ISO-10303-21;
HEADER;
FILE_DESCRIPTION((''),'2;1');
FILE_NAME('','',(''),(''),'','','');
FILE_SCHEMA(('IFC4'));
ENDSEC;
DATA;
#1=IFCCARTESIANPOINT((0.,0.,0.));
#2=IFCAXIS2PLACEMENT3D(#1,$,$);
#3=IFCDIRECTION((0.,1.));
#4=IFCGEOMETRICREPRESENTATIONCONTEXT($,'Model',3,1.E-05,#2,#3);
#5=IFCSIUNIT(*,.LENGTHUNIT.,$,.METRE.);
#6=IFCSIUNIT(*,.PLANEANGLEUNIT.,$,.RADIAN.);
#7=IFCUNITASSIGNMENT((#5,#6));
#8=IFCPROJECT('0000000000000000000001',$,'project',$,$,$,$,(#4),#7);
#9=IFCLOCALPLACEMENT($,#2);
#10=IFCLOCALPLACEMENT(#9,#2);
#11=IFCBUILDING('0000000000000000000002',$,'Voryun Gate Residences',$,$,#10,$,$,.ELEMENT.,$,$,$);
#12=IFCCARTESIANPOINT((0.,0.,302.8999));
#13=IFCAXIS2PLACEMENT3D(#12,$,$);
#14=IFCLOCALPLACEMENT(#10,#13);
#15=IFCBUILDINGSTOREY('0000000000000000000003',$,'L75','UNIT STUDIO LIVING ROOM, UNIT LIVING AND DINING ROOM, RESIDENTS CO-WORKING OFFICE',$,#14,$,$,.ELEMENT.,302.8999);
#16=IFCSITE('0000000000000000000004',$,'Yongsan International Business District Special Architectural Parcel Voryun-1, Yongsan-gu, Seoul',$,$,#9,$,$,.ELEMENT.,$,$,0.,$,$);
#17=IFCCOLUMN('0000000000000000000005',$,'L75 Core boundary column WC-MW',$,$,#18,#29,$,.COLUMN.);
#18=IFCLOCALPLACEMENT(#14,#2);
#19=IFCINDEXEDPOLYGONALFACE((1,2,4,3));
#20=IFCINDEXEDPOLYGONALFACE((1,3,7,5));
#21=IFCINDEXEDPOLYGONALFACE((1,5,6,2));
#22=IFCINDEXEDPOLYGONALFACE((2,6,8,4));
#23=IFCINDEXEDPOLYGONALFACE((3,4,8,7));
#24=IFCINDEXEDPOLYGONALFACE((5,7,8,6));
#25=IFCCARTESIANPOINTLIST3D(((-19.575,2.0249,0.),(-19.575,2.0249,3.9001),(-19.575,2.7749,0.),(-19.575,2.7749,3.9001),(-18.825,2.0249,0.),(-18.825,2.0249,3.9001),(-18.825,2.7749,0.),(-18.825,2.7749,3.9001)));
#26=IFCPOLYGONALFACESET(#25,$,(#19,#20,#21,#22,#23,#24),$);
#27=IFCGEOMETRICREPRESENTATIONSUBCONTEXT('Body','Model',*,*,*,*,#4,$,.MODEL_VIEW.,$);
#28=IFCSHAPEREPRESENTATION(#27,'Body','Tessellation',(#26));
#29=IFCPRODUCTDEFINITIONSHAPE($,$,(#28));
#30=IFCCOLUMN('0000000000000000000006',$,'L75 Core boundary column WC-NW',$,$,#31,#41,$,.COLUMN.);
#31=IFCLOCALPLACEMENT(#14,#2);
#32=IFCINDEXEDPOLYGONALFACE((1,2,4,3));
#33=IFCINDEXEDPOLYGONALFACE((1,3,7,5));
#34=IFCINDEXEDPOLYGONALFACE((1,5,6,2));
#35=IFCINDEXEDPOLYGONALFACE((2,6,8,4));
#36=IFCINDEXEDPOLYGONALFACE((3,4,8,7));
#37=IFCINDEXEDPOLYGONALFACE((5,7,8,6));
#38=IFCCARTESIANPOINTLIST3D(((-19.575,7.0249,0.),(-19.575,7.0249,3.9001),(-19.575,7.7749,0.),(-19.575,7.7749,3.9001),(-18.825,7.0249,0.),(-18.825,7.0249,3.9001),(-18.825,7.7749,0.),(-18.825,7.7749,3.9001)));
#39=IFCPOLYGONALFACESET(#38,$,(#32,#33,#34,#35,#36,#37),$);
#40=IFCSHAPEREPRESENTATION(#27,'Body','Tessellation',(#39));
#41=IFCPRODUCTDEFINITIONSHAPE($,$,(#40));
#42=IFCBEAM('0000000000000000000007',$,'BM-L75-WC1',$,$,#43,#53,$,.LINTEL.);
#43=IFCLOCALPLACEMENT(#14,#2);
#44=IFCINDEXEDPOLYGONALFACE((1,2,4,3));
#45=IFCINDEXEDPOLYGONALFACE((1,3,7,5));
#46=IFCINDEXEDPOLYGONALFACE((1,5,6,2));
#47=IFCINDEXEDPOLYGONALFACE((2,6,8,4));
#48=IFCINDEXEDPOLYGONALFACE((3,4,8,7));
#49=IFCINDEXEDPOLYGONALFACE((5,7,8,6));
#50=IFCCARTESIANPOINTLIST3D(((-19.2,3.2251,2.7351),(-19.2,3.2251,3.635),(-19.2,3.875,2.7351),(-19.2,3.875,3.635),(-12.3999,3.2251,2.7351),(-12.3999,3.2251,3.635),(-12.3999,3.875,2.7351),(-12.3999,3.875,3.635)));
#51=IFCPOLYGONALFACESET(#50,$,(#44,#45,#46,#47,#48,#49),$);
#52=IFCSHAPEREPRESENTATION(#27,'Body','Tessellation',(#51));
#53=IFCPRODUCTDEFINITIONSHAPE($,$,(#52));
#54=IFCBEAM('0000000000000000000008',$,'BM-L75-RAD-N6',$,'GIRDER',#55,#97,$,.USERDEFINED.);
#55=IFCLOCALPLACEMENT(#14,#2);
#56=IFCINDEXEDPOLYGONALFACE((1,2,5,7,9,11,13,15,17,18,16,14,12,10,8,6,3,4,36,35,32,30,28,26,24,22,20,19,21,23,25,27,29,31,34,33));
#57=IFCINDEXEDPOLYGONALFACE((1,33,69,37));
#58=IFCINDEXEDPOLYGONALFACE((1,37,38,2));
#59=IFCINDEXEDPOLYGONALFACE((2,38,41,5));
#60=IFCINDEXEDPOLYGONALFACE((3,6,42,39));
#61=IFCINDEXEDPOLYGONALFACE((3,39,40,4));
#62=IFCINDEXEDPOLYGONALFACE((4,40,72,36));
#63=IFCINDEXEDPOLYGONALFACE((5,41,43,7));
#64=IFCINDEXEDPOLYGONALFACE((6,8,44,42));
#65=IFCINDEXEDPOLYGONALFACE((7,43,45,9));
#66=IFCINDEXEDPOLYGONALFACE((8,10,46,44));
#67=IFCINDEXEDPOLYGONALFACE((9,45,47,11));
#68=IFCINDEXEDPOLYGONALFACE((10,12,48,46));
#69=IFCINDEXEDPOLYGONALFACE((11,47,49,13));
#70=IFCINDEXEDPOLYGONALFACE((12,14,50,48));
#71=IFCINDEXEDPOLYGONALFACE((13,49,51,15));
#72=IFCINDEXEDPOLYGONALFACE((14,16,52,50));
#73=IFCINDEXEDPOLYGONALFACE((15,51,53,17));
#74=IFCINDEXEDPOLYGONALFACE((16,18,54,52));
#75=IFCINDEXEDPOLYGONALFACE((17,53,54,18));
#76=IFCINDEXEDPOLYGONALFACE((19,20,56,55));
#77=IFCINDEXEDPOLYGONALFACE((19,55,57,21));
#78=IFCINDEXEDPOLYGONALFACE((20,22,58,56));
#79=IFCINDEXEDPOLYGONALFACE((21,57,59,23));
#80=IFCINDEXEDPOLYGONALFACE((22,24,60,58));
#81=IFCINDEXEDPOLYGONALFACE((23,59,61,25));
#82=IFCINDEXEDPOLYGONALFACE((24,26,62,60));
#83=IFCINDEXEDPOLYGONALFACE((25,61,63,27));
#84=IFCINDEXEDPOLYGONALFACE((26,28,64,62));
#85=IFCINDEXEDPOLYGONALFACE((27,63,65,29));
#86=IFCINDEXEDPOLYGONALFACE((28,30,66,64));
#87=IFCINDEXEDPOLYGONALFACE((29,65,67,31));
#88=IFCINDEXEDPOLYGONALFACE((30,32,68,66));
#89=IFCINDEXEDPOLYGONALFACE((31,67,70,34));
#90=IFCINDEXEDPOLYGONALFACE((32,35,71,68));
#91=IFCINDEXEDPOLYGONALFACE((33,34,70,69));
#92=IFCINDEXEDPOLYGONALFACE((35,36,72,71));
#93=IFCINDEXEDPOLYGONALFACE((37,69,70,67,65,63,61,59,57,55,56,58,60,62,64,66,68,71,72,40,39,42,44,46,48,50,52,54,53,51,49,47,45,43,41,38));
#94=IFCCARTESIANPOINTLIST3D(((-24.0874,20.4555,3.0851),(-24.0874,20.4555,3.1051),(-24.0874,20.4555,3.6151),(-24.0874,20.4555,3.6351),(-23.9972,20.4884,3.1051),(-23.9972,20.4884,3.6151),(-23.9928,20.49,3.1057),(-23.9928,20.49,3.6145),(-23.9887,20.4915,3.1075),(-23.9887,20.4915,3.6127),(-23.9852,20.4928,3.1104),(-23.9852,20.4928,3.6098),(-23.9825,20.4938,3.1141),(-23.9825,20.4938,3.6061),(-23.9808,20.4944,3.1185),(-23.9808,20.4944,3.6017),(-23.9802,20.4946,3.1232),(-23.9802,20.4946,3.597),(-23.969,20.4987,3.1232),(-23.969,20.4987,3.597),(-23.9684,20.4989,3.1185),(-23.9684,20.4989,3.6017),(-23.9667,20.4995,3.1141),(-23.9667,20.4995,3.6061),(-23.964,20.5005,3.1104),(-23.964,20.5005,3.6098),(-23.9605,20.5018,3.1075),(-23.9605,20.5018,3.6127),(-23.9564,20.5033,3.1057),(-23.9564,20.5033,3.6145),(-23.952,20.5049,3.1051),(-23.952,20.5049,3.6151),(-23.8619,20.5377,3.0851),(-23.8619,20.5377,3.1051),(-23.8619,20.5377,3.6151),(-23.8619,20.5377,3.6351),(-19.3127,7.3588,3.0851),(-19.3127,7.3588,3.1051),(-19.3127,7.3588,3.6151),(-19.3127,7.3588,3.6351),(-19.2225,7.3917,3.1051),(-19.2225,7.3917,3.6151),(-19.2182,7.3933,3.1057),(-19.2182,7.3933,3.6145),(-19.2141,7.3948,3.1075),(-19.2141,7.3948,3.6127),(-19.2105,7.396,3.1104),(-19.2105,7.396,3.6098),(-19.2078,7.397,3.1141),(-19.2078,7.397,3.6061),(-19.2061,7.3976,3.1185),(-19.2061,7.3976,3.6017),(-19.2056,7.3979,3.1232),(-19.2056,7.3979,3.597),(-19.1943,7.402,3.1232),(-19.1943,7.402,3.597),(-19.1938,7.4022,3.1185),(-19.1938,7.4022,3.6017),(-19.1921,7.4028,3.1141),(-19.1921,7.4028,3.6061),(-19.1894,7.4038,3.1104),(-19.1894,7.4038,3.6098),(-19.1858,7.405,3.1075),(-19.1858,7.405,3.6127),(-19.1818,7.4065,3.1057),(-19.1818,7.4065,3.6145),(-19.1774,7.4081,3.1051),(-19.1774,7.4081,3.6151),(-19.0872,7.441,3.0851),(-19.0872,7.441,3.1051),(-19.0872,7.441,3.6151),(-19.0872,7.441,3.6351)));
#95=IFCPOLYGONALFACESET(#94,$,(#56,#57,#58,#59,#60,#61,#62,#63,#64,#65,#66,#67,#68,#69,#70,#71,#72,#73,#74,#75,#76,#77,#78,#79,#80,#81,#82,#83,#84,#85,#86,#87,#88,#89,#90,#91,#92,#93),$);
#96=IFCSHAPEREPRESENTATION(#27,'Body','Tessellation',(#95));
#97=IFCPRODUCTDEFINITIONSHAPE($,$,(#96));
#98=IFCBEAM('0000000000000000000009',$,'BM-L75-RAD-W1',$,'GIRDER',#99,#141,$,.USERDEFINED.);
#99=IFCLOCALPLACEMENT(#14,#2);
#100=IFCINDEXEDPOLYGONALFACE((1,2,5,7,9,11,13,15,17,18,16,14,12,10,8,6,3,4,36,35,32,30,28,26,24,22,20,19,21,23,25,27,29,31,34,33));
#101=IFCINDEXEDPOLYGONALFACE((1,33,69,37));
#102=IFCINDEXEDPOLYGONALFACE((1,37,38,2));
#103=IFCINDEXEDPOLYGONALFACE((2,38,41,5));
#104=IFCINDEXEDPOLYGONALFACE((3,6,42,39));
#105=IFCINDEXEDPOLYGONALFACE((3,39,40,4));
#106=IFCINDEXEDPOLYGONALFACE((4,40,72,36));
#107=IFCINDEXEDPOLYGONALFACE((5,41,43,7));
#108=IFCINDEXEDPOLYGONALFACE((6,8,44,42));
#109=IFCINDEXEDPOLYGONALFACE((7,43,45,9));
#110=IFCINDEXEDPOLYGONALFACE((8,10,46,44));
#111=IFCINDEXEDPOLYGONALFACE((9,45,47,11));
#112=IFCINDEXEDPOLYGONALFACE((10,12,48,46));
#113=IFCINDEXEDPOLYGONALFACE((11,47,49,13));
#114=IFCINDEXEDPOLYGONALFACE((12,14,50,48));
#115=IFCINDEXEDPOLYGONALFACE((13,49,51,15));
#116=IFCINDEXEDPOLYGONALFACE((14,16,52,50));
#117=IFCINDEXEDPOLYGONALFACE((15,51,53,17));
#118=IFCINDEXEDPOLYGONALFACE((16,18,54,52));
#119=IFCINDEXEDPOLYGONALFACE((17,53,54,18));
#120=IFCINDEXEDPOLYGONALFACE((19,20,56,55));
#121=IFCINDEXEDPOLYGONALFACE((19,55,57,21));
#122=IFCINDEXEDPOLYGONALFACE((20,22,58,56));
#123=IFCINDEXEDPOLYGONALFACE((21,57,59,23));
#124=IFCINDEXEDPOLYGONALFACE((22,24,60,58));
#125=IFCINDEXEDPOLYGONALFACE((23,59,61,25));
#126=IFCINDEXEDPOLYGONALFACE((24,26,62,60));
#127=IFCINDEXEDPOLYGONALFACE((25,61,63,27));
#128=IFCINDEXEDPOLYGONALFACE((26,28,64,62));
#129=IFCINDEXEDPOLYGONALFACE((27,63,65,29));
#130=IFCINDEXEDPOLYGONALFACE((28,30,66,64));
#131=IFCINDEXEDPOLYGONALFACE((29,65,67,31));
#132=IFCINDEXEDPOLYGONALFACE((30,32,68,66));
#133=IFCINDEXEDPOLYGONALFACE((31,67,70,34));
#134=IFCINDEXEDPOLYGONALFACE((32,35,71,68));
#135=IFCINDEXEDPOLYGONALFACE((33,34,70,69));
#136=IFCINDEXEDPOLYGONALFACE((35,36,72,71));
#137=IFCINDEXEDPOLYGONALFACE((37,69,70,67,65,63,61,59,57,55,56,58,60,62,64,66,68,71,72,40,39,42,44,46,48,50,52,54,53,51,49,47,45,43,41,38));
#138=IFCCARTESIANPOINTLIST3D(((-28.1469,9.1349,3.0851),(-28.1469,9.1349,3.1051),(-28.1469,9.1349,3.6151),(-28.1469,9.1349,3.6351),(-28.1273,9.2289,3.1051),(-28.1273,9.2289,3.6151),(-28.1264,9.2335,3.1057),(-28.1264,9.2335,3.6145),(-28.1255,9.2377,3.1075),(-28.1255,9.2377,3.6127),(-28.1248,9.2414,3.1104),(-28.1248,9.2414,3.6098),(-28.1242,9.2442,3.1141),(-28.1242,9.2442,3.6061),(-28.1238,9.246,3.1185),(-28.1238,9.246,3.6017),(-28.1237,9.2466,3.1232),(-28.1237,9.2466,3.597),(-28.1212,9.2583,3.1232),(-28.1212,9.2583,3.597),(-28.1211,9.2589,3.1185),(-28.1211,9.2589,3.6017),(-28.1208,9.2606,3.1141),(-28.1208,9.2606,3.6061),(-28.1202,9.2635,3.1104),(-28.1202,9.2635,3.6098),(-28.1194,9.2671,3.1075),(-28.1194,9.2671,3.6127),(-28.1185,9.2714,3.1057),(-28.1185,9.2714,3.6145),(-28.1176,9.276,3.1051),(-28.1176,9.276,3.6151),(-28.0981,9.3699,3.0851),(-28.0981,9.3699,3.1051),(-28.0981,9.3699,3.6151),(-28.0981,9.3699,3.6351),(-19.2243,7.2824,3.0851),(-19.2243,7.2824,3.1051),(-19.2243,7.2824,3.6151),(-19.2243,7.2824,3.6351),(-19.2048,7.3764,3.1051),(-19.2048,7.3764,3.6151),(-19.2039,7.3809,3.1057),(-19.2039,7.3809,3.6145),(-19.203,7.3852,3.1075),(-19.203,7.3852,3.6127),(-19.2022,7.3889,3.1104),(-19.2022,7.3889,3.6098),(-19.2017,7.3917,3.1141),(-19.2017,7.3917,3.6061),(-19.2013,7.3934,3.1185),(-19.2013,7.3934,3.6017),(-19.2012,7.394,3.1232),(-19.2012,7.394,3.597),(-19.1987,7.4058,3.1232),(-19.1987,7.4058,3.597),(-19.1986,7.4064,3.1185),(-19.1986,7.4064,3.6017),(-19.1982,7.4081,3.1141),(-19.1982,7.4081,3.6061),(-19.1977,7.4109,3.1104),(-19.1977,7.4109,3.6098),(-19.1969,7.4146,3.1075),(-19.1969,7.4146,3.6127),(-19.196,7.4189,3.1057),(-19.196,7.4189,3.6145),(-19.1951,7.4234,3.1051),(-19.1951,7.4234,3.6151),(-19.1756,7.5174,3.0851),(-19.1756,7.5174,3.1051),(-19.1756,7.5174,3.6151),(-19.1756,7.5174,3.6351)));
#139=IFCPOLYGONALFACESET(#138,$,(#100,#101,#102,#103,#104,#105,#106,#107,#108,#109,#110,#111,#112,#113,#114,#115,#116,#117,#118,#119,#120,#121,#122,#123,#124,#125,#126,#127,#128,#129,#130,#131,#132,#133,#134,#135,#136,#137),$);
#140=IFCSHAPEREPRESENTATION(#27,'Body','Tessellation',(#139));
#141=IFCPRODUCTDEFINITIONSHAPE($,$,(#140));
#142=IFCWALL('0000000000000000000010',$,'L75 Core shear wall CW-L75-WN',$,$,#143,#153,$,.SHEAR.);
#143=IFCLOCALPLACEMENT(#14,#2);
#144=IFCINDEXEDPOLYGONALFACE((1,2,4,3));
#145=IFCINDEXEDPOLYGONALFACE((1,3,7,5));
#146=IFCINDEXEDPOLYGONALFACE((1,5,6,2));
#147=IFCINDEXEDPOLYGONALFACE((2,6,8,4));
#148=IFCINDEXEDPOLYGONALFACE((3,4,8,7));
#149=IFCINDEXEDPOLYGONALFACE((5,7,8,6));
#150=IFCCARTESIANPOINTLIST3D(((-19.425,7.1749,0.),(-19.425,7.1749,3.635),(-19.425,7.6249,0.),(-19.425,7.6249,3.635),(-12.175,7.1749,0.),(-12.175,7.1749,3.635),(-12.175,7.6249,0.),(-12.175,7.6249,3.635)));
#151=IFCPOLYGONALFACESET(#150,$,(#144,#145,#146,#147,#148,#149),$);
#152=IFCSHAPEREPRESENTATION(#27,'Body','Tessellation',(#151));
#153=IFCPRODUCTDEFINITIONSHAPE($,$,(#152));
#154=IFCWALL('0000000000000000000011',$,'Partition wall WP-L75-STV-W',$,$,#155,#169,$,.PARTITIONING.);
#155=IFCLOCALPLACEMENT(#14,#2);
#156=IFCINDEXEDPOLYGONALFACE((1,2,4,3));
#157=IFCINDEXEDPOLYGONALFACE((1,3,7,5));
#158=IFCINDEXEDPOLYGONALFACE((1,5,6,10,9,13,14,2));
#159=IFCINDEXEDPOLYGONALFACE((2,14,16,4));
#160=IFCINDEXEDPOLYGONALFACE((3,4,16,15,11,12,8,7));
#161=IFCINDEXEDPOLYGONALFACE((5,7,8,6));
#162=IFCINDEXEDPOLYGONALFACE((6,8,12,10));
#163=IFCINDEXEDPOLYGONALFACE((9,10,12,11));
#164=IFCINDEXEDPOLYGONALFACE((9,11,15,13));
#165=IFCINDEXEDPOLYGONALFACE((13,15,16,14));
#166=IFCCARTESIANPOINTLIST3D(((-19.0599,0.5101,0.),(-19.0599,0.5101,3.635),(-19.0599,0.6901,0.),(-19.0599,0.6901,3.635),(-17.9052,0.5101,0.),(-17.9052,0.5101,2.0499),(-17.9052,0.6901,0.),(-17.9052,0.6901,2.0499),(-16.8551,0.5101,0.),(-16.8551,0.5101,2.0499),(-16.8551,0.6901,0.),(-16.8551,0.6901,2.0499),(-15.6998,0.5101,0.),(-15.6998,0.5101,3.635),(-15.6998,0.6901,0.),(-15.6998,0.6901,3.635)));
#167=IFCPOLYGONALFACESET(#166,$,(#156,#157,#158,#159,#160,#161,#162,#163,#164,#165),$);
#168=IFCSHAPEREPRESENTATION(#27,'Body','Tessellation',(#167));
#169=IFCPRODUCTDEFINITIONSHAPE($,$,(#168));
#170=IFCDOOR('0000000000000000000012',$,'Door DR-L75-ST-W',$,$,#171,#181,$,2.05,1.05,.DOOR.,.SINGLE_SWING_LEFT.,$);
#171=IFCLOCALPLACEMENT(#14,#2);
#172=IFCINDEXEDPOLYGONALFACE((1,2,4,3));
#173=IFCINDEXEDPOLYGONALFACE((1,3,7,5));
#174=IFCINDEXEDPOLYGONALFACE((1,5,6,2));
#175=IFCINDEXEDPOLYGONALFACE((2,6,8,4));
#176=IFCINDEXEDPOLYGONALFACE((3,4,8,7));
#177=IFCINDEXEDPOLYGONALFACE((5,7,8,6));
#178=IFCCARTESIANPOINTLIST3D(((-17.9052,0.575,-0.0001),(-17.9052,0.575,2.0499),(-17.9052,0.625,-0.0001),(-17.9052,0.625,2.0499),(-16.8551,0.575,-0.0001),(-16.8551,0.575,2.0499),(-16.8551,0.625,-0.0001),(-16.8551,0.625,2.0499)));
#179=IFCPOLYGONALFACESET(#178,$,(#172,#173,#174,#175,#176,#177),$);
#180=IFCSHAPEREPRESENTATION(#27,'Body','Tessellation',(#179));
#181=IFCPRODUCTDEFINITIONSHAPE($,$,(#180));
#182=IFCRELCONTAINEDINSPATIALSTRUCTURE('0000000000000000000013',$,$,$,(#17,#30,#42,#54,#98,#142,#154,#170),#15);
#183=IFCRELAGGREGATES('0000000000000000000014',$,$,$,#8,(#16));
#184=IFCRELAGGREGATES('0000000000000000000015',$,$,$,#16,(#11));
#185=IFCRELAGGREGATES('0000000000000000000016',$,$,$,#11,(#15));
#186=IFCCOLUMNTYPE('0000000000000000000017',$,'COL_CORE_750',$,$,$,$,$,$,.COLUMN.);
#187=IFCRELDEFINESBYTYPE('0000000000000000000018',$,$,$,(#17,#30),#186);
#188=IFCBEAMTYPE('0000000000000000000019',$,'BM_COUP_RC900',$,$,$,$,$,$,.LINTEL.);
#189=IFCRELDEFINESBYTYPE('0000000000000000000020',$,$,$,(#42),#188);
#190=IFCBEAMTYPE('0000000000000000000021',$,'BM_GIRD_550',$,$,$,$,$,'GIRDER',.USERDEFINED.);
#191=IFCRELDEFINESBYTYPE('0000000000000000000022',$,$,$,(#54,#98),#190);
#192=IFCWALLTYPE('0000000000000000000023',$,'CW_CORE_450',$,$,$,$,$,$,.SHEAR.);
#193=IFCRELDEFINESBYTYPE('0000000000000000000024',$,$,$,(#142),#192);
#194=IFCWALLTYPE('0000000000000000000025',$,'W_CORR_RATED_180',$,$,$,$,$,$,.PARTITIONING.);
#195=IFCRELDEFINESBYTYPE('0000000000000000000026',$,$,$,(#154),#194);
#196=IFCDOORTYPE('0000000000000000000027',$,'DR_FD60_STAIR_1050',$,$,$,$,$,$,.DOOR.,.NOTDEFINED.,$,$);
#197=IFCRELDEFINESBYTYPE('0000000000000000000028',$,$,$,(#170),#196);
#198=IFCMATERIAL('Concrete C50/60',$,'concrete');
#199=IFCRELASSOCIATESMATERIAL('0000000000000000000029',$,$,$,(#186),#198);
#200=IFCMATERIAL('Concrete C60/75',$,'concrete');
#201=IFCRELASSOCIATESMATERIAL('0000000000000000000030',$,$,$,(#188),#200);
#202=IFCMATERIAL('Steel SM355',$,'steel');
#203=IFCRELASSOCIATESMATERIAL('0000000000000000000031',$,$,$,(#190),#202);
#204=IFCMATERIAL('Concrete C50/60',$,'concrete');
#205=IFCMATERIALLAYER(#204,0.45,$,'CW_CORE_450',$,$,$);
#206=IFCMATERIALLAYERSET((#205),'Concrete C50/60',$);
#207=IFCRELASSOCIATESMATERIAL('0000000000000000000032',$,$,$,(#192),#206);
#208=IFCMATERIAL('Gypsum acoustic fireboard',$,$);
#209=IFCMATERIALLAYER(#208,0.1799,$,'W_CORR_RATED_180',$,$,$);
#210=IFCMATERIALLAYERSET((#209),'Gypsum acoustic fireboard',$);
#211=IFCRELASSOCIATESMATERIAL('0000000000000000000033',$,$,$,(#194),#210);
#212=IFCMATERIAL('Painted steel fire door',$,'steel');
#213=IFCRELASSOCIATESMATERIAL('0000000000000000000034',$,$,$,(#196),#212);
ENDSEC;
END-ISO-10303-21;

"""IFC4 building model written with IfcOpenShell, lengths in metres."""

from ifc_helpers import new_model, si_unit, direction, frame, frame_2d, origin, origin_2d, place, context, subcontext, project, spatial, rectangle, i_section, extrude, material, layer, layer_set, material_profile, profile_set, type_object, element, fill, save


model = new_model("IFC4")

# Units and contexts
model_context = context("Model", 3, precision=1e-05, world=origin(), true_north=direction((0.0, 1.0)))
body_context = subcontext(model_context, "Body", "Model", "MODEL_VIEW")
ifc_project = project(units=[si_unit("LENGTHUNIT", "METRE"), si_unit("PLANEANGLEUNIT", "RADIAN")], contexts=[model_context])

# Site, building, storey
site_placement = place(None, origin())
site = spatial("IfcSite", under=ifc_project, at=site_placement, Name="Yongsan International Business District Special Architectural Parcel Voryun-1, Yongsan-gu, Seoul", CompositionType="ELEMENT", RefElevation=0.0)
building_placement = place(site_placement, origin())
building = spatial("IfcBuilding", under=site, at=building_placement, Name="Voryun Gate Residences", CompositionType="ELEMENT")
storey_placement = place(building_placement, frame((0.0, 0.0, 302.8999)))
storey = spatial("IfcBuildingStorey", under=building, at=storey_placement, Name="L75", Description="UNIT STUDIO LIVING ROOM, UNIT LIVING AND DINING ROOM, RESIDENTS CO-WORKING OFFICE", CompositionType="ELEMENT", Elevation=302.8999)

# Columns
ifc_material_1 = material(Name="Concrete C50/60", Category="concrete")
ifc_material_profile_1 = material_profile(ifc_material_1, rectangle(XDim=0.75, YDim=0.75, at=origin_2d()), Name="RC-750x750")
ifc_profile_set_1 = profile_set([ifc_material_profile_1], Name="Concrete C50/60")
column_type = type_object("IfcColumnType", Name="COL_CORE_750", PredefinedType="COLUMN", material=ifc_profile_set_1)
for number, where, z_axis, x_axis, name in (
    (1, (-19.2, 2.3999, 0.0), (0.0, 0.0, 1.0), (1.0, 0.0, 0.0), "L75 Core boundary column WC-MW"),
    (2, (-19.2, 7.3999, 0.0), (0.0, 0.0, 1.0), (1.0, 0.0, 0.0), "L75 Core boundary column WC-NW"),
):
    element("IfcColumn", number, at=place(storey_placement, frame(where, z_axis=z_axis, x_axis=x_axis)), inside=storey, type_object=column_type, Name=name, PredefinedType="COLUMN", context=body_context, shape_type="SweptSolid", body=[
        extrude(rectangle(XDim=0.75, YDim=0.75, at=origin_2d()), origin(), (0.0, 0.0, 1.0), 3.9001),
    ])

# Beams
ifc_material_2 = material(Name="Concrete C60/75", Category="concrete")
ifc_material_profile_2 = material_profile(ifc_material_2, rectangle(XDim=0.6499, YDim=0.8999, at=origin_2d()), Name="RC-650x900")
ifc_profile_set_2 = profile_set([ifc_material_profile_2], Name="Concrete C60/75")
beam_type_1 = type_object("IfcBeamType", Name="BM_COUP_RC900", PredefinedType="LINTEL", material=ifc_profile_set_2)
beam_1_placement = place(storey_placement, frame((-19.2, 3.55, 3.1851), z_axis=(1.0, 0.0, 0.0), x_axis=(0.0, 1.0, 0.0)))
element("IfcBeam", 3, at=beam_1_placement, inside=storey, type_object=beam_type_1, Name="BM-L75-WC1", PredefinedType="LINTEL", context=body_context, shape_type="SweptSolid", body=[
    extrude(rectangle(XDim=0.6499, YDim=0.8999, at=origin_2d()), origin(), (0.0, 0.0, 1.0), 6.8),
])
ifc_material_3 = material(Name="Steel SM355", Category="steel")
ifc_material_profile_3 = material_profile(ifc_material_3, i_section(OverallWidth=0.24, OverallDepth=0.55, WebThickness=0.012, FlangeThickness=0.02, FilletRadius=0.0181, at=origin_2d()), Name="H-550x240x12x20")
ifc_profile_set_3 = profile_set([ifc_material_profile_3], Name="Steel SM355")
beam_type_2 = type_object("IfcBeamType", Name="BM_GIRD_550", ElementType="GIRDER", PredefinedType="USERDEFINED", material=ifc_profile_set_3)
beam_2_placement = place(storey_placement, frame((-19.2, 7.3999, 3.3601), z_axis=(-0.342518, 0.939511, 0.0), x_axis=(-0.939511, -0.342518, 0.0)))
element("IfcBeam", 4, at=beam_2_placement, inside=storey, type_object=beam_type_2, Name="BM-L75-RAD-N6", ObjectType="GIRDER", PredefinedType="USERDEFINED", context=body_context, shape_type="SweptSolid", body=[
    extrude(i_section(OverallWidth=0.24, OverallDepth=0.55, WebThickness=0.012, FlangeThickness=0.02, FilletRadius=0.0181, at=origin_2d()), origin(), (0.0, 0.0, 1.0), 13.9399),
])
beam_3_placement = place(storey_placement, frame((-19.2, 7.3999, 3.3601), z_axis=(-0.979119, 0.203288, 0.0), x_axis=(-0.203288, -0.979119, 0.0)))
element("IfcBeam", 5, at=beam_3_placement, inside=storey, type_object=beam_type_2, Name="BM-L75-RAD-W1", ObjectType="GIRDER", PredefinedType="USERDEFINED", context=body_context, shape_type="SweptSolid", body=[
    extrude(i_section(OverallWidth=0.24, OverallDepth=0.55, WebThickness=0.012, FlangeThickness=0.02, FilletRadius=0.0181, at=origin_2d()), origin(), (0.0, 0.0, 1.0), 9.1128),
])

# Wall
ifc_material_4 = material(Name="Concrete C50/60", Category="concrete")
ifc_layer_1 = layer(ifc_material_4, 0.45, Name="CW_CORE_450")
ifc_layer_set_1 = layer_set([ifc_layer_1], Name="Concrete C50/60")
wall_type_1 = type_object("IfcWallType", Name="CW_CORE_450", PredefinedType="SHEAR", material=ifc_layer_set_1)
wall_1_placement = place(storey_placement, frame((-19.425, 7.3999, 0.0), z_axis=(0.0, 0.0, 1.0), x_axis=(1.0, 0.0, 0.0)))
element("IfcWall", 6, at=wall_1_placement, inside=storey, type_object=wall_type_1, Name="L75 Core shear wall CW-L75-WN", PredefinedType="SHEAR", context=body_context, shape_type="SweptSolid", body=[
    extrude(rectangle(XDim=7.25, YDim=0.45, at=frame_2d((3.625, 0.0))), origin(), (0.0, 0.0, 1.0), 3.635),
])

# Wall, opening, door
ifc_material_5 = material(Name="Gypsum acoustic fireboard")
ifc_layer_2 = layer(ifc_material_5, 0.1799, Name="W_CORR_RATED_180")
ifc_layer_set_2 = layer_set([ifc_layer_2], Name="Gypsum acoustic fireboard")
wall_type_2 = type_object("IfcWallType", Name="W_CORR_RATED_180", PredefinedType="PARTITIONING", material=ifc_layer_set_2)
wall_2_placement = place(storey_placement, frame((-19.0601, 0.6001, 0.0), z_axis=(0.0, 0.0, 1.0), x_axis=(1.0, 0.0, 0.0)))
wall_2 = element("IfcWall", 7, at=wall_2_placement, inside=storey, type_object=wall_type_2, Name="Partition wall WP-L75-STV-W", PredefinedType="PARTITIONING", context=body_context, shape_type="SweptSolid", body=[
    extrude(rectangle(XDim=3.3601, YDim=0.1799, at=frame_2d((1.6802, 0.0))), origin(), (0.0, 0.0, 1.0), 3.635),
])
opening_1_placement = place(wall_2_placement, frame((1.155, 0.0, 0.0)))
opening_1 = element("IfcOpeningElement", 8, at=opening_1_placement, cuts=wall_2, PredefinedType="OPENING", context=body_context, shape_type="SweptSolid", body=[
    extrude(rectangle(XDim=1.05, YDim=2.05, at=frame_2d((0.5249, 1.0249))), frame((0.0, 0.0999, 0.0), z_axis=(0.0, -1.0, 0.0), x_axis=(1.0, 0.0, 0.0)), (0.0, 0.0, 1.0), 0.2),
])
ifc_material_6 = material(Name="Painted steel fire door", Category="steel")
door_type_1 = type_object("IfcDoorType", Name="DR_FD60_STAIR_1050", OperationType="NOTDEFINED", PredefinedType="DOOR", material=ifc_material_6)
door_1_placement = place(opening_1_placement, origin())
door_1 = element("IfcDoor", 9, at=door_1_placement, inside=storey, type_object=door_type_1, Name="Door DR-L75-ST-W", OperationType="SINGLE_SWING_LEFT", OverallHeight=2.05, OverallWidth=1.05, PredefinedType="DOOR", context=body_context, shape_type="SweptSolid", body=[
    extrude(rectangle(XDim=1.05, YDim=2.05, at=frame_2d((0.5249, 1.0249))), frame((0.0, 0.0249, 0.0), z_axis=(0.0, -1.0, 0.0), x_axis=(1.0, 0.0, 0.0)), (0.0, 0.0, 1.0), 0.05),
])
fill(opening_1, door_1)

save(model, "model.ifc")
